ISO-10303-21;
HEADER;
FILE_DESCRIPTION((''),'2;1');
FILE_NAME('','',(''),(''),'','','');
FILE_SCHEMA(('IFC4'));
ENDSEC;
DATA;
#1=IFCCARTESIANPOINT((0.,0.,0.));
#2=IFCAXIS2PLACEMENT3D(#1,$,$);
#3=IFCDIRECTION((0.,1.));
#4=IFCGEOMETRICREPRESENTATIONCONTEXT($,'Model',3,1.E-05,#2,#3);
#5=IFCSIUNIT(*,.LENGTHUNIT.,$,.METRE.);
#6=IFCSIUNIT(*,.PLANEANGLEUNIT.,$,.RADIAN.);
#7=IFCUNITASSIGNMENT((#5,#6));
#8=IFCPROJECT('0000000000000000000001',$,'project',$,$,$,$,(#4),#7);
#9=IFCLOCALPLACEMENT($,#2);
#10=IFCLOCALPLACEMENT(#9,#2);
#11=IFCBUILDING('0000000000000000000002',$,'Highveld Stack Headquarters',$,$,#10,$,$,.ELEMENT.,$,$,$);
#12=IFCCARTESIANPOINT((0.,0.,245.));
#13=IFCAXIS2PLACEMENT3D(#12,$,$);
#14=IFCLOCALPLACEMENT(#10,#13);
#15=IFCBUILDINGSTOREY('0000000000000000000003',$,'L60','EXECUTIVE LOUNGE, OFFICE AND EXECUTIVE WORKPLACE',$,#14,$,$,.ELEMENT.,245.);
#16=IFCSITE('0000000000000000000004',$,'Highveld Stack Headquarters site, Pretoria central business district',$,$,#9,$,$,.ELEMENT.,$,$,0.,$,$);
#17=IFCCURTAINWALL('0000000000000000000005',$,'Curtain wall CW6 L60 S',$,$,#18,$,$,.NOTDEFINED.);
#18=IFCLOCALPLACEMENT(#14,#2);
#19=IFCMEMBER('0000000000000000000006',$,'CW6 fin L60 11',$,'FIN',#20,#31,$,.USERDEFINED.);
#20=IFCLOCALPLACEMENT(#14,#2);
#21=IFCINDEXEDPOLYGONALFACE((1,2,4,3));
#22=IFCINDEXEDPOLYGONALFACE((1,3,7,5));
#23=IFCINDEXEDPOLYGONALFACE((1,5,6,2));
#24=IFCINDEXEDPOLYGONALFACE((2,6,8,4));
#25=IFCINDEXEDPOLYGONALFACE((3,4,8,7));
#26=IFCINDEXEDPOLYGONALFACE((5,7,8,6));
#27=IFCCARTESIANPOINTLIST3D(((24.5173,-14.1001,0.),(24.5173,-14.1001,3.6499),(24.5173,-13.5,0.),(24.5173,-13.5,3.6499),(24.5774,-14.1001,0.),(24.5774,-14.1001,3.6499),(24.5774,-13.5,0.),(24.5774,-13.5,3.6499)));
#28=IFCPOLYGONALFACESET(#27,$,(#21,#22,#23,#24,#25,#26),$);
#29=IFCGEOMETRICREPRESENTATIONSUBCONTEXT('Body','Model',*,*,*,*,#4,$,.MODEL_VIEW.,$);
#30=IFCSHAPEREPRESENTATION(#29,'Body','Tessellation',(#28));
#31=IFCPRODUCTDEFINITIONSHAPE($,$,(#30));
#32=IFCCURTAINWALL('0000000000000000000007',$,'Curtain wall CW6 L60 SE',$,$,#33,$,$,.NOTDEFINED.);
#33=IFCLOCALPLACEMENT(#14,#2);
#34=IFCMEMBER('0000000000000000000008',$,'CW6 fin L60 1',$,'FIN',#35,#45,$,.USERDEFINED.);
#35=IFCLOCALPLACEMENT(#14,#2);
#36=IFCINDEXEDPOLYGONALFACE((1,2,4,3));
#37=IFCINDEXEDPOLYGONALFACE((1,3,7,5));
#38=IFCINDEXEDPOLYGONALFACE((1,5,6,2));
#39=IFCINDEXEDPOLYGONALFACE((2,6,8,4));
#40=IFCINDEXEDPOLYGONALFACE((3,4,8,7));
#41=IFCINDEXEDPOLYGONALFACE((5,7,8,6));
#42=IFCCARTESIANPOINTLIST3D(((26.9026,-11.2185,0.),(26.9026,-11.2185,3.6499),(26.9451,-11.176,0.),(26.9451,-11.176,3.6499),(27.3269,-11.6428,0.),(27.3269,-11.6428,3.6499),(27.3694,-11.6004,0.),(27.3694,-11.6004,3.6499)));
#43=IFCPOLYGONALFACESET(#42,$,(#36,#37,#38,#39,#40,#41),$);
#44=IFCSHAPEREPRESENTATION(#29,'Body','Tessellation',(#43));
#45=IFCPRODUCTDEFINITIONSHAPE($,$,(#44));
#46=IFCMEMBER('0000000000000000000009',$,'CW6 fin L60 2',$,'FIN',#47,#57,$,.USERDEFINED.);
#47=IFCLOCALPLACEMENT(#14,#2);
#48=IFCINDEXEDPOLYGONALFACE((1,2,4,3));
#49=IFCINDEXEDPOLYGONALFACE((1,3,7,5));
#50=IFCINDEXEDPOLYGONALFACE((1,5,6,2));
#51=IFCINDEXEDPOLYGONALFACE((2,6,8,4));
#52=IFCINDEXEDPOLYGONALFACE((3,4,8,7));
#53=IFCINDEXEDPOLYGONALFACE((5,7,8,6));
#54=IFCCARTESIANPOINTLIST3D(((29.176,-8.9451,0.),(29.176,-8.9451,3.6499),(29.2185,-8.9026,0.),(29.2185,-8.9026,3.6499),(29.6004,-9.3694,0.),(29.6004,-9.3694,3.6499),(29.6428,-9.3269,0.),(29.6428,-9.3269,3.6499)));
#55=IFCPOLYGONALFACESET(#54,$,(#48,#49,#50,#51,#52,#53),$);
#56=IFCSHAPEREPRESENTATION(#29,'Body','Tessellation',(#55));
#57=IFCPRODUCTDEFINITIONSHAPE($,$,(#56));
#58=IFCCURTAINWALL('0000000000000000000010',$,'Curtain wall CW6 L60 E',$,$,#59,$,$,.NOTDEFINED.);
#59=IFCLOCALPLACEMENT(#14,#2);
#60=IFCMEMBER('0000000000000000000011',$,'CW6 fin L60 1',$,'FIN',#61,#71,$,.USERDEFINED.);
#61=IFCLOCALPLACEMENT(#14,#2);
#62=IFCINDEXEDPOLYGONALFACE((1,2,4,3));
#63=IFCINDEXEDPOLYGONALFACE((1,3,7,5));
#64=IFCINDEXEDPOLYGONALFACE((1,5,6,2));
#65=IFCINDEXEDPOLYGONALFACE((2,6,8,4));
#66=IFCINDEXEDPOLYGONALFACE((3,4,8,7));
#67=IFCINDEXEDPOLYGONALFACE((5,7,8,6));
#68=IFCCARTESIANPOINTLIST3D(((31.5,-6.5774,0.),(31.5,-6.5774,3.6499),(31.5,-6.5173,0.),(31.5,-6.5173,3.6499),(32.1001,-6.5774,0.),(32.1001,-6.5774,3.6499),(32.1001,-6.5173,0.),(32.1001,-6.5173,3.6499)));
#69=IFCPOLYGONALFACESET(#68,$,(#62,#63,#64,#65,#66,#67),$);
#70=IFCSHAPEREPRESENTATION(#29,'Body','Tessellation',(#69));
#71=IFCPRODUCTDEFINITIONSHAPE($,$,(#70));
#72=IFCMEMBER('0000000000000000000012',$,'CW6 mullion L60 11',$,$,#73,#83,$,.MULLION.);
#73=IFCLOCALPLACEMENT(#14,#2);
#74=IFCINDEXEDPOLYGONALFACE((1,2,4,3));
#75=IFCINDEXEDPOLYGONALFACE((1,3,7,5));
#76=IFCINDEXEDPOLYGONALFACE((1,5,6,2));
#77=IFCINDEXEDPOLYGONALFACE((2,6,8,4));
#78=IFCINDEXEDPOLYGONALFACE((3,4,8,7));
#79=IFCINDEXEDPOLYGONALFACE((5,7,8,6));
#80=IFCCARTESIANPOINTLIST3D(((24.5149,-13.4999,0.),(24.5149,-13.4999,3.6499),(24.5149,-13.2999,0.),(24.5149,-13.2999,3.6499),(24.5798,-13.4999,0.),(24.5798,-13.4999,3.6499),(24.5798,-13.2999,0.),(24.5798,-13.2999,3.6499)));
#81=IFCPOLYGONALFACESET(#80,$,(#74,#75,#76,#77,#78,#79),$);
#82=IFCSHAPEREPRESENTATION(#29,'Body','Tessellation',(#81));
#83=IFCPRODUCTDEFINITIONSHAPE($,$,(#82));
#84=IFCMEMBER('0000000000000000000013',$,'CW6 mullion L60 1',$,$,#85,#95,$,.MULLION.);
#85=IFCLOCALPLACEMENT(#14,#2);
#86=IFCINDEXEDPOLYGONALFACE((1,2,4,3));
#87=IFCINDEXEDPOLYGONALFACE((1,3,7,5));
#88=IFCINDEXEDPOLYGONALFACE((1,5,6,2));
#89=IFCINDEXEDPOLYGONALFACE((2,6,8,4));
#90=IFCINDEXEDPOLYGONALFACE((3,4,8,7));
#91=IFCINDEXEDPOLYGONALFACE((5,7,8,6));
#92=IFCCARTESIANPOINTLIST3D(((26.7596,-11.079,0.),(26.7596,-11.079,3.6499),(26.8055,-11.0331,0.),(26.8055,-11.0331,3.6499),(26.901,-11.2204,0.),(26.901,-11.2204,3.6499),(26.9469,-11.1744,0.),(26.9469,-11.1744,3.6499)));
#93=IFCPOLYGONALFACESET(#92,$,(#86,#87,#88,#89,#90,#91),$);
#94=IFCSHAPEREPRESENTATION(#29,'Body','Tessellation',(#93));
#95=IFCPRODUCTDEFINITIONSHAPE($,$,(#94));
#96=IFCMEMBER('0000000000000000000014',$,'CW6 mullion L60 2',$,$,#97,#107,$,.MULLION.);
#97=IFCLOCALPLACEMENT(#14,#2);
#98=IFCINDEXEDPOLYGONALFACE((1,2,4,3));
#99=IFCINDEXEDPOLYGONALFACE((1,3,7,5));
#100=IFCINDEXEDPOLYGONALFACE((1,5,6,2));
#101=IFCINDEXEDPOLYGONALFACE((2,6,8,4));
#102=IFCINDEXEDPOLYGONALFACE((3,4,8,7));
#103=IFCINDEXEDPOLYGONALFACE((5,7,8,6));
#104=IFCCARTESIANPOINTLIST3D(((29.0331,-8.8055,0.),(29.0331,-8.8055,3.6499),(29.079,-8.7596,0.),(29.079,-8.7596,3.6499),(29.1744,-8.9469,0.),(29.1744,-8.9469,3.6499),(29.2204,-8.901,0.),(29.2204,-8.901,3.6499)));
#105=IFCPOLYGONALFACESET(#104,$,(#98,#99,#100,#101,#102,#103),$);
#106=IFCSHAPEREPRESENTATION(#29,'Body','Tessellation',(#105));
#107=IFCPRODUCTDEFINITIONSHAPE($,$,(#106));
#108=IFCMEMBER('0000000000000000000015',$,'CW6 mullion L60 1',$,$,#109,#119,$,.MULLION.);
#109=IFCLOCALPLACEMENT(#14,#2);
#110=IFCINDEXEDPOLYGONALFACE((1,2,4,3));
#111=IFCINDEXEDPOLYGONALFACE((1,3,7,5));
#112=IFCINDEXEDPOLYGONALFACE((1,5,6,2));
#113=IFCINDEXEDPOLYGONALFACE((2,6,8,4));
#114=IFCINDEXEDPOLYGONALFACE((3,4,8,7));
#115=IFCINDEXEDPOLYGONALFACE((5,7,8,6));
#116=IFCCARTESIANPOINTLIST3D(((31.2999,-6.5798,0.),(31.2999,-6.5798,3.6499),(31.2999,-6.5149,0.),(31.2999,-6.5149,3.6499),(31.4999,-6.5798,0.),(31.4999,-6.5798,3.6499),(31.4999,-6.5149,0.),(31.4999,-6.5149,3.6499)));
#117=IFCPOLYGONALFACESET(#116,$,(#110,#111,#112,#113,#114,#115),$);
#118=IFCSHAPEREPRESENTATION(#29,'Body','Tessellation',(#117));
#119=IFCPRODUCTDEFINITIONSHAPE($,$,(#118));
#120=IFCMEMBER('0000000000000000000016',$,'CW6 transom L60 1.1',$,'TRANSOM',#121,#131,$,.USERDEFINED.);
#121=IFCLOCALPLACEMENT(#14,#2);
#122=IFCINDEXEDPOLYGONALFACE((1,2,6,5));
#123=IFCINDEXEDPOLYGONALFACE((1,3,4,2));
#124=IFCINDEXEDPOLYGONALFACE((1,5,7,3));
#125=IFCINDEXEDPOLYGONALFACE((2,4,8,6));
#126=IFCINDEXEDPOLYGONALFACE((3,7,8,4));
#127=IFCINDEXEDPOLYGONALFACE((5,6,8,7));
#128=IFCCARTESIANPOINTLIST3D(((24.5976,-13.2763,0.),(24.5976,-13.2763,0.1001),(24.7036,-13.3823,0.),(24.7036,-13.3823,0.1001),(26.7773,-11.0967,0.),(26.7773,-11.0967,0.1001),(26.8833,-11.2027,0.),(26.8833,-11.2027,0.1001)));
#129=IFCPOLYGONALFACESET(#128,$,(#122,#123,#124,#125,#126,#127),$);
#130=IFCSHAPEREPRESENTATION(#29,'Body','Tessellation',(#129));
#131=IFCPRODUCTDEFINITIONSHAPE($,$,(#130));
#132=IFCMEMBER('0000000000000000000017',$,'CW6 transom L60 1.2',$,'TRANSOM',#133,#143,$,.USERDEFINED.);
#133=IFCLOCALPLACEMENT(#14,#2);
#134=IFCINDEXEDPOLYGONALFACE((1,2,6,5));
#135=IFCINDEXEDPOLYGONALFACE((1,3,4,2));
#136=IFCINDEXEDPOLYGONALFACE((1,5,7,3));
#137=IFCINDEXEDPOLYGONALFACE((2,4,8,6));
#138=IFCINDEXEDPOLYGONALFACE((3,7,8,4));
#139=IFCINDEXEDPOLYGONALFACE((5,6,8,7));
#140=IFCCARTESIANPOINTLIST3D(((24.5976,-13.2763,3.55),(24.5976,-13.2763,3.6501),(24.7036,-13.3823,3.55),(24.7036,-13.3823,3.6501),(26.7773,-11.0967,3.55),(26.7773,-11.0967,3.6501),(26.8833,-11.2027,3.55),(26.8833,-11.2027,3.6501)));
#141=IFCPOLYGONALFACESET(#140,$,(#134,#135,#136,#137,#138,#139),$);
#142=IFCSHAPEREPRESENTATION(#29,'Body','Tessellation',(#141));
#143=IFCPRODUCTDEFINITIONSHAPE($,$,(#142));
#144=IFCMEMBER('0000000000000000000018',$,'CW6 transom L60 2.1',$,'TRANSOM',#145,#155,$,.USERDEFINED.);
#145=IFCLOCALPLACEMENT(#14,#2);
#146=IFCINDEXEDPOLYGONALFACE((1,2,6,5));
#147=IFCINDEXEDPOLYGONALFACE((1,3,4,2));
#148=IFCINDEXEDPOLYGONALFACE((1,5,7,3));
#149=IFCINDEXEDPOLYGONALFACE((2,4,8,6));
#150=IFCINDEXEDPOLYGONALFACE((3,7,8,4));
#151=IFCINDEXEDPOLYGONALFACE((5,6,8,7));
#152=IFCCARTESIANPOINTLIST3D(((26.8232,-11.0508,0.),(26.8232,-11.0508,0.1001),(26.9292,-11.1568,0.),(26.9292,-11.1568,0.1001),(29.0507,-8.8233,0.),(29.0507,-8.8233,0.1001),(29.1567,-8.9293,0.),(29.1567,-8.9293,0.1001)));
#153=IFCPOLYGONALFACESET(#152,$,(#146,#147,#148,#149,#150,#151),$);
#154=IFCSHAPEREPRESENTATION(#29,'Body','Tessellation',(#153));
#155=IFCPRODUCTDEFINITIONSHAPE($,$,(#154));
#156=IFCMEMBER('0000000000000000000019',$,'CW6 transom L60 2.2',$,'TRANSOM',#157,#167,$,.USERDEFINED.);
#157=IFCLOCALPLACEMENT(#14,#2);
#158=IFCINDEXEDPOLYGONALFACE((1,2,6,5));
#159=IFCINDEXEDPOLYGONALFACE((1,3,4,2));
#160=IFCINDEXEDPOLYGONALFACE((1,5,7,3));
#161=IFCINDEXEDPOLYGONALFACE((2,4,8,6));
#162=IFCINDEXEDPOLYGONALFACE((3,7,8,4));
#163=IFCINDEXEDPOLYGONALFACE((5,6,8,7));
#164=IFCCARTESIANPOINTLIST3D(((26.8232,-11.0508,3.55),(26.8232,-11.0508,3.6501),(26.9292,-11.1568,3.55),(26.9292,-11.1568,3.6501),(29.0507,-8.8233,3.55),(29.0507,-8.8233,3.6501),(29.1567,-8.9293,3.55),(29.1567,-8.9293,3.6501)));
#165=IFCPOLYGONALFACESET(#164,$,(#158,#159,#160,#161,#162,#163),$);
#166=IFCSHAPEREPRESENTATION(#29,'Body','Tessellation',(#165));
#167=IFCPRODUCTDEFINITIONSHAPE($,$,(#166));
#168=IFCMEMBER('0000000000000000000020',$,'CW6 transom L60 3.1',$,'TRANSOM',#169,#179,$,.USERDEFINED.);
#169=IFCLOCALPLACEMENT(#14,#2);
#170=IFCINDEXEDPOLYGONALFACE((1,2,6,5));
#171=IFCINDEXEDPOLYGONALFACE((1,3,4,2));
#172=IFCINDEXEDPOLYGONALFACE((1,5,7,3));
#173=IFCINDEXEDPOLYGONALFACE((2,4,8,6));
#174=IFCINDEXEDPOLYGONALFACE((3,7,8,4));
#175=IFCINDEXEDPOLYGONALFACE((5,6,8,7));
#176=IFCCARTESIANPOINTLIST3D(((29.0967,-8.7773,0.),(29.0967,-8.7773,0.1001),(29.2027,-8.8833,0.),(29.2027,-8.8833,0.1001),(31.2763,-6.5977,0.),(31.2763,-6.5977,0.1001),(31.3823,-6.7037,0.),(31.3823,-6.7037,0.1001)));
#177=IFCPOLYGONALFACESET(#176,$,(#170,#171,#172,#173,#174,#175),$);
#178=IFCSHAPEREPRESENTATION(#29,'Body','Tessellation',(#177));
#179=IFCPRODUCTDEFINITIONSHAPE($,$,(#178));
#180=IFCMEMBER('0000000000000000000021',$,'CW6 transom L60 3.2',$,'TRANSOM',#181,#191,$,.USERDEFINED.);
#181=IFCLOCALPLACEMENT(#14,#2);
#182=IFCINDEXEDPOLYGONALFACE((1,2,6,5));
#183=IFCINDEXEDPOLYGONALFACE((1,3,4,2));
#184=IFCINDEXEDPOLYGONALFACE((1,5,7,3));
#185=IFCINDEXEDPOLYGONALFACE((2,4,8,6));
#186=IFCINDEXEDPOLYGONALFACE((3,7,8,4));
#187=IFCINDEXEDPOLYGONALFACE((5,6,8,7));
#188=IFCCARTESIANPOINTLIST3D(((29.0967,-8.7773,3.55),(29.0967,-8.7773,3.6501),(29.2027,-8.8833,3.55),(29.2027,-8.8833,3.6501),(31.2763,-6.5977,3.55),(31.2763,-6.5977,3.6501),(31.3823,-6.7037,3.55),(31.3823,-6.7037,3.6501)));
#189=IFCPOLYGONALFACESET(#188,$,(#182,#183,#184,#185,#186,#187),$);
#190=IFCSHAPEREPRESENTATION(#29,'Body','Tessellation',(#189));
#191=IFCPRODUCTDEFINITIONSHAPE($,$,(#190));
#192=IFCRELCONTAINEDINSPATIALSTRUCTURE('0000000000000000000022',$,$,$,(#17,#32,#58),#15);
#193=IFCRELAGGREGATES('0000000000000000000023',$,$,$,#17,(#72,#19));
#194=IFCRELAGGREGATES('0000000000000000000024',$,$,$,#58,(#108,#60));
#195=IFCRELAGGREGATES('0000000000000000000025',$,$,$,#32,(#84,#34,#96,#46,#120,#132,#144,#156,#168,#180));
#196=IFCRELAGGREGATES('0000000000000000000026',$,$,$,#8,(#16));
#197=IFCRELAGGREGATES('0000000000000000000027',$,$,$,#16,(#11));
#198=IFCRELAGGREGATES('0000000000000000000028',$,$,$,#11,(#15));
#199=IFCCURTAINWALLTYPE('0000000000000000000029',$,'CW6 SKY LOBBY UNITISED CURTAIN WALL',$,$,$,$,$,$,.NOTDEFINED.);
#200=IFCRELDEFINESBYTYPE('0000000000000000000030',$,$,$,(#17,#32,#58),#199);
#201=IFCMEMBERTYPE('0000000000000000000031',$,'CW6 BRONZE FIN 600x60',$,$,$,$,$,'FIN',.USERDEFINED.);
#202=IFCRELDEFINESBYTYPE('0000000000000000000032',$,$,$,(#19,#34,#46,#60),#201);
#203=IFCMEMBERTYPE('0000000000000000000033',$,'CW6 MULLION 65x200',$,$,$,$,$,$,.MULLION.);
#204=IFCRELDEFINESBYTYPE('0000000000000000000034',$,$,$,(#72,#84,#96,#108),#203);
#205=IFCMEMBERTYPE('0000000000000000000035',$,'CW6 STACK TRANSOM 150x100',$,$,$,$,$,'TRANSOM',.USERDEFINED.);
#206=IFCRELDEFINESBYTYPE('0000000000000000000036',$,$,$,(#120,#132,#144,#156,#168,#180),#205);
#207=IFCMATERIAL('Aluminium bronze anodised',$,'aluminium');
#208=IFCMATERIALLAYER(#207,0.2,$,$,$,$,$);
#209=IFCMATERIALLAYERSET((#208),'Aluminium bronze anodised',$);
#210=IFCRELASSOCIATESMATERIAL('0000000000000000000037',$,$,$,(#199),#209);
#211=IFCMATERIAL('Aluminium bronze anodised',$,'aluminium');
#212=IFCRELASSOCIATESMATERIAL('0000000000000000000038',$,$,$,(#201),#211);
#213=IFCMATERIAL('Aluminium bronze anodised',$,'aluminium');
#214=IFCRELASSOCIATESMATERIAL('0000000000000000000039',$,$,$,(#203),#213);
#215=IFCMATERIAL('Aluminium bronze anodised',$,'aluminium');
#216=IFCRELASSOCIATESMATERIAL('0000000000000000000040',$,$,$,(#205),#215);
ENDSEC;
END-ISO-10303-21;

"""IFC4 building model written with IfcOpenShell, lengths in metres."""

from ifc_helpers import new_model, si_unit, direction, frame, origin, origin_2d, place, context, subcontext, project, spatial, rectangle, extrude, material, layer, layer_set, material_profile, profile_set, type_object, element, aggregate, save


model = new_model("IFC4")

# Units and contexts
model_context = context("Model", 3, precision=1e-05, world=origin(), true_north=direction((0.0, 1.0)))
body_context = subcontext(model_context, "Body", "Model", "MODEL_VIEW")
ifc_project = project(units=[si_unit("LENGTHUNIT", "METRE"), si_unit("PLANEANGLEUNIT", "RADIAN")], contexts=[model_context])

# Site, building, storey
site_placement = place(None, origin())
site = spatial("IfcSite", under=ifc_project, at=site_placement, Name="Highveld Stack Headquarters site, Pretoria central business district", CompositionType="ELEMENT", RefElevation=0.0)
building_placement = place(site_placement, origin())
building = spatial("IfcBuilding", under=site, at=building_placement, Name="Highveld Stack Headquarters", CompositionType="ELEMENT")
storey_placement = place(building_placement, frame((0.0, 0.0, 245.0)))
storey = spatial("IfcBuildingStorey", under=building, at=storey_placement, Name="L60", Description="EXECUTIVE LOUNGE, OFFICE AND EXECUTIVE WORKPLACE", CompositionType="ELEMENT", Elevation=245.0)

# Curtain wall, member
ifc_material_1 = material(Name="Aluminium bronze anodised", Category="aluminium")
ifc_layer_1 = layer(ifc_material_1, 0.2)
ifc_layer_set_1 = layer_set([ifc_layer_1], Name="Aluminium bronze anodised")
curtain_wall_type = type_object("IfcCurtainWallType", Name="CW6 SKY LOBBY UNITISED CURTAIN WALL", PredefinedType="NOTDEFINED", material=ifc_layer_set_1)
curtain_wall_1_placement = place(storey_placement, origin())
curtain_wall_1 = element("IfcCurtainWall", 1, at=curtain_wall_1_placement, inside=storey, type_object=curtain_wall_type, Name="Curtain wall CW6 L60 S", PredefinedType="NOTDEFINED")
ifc_material_2 = material(Name="Aluminium bronze anodised", Category="aluminium")
ifc_material_profile_1 = material_profile(ifc_material_2, rectangle(XDim=0.6001, YDim=0.0601, at=origin_2d()), Name="FIN 600x60")
ifc_profile_set_1 = profile_set([ifc_material_profile_1], Name="Aluminium bronze anodised")
member_type_1 = type_object("IfcMemberType", Name="CW6 BRONZE FIN 600x60", ElementType="FIN", PredefinedType="USERDEFINED", material=ifc_profile_set_1)
member_1_placement = place(storey_placement, frame((24.5474, -13.8, 0.0), z_axis=(0.0, 0.0, 1.0), x_axis=(0.0, 1.0, 0.0)))
member_1 = element("IfcMember", 2, at=member_1_placement, type_object=member_type_1, Name="CW6 fin L60 11", ObjectType="FIN", PredefinedType="USERDEFINED", context=body_context, shape_type="SweptSolid", body=[
    extrude(rectangle(XDim=0.6001, YDim=0.0601, at=origin_2d()), origin(), (0.0, 0.0, 1.0), 3.6499),
])

# Curtain wall, members
curtain_wall_2_placement = place(storey_placement, origin())
curtain_wall_2 = element("IfcCurtainWall", 3, at=curtain_wall_2_placement, inside=storey, type_object=curtain_wall_type, Name="Curtain wall CW6 L60 SE", PredefinedType="NOTDEFINED")
member_2_placement = place(storey_placement, frame((27.136, -11.4094, 0.0), z_axis=(0.0, 0.0, 1.0), x_axis=(-0.707107, 0.707107, 0.0)))
member_2 = element("IfcMember", 4, at=member_2_placement, type_object=member_type_1, Name="CW6 fin L60 1", ObjectType="FIN", PredefinedType="USERDEFINED", context=body_context, shape_type="SweptSolid", body=[
    extrude(rectangle(XDim=0.6001, YDim=0.0601, at=origin_2d()), origin(), (0.0, 0.0, 1.0), 3.6499),
])
member_3_placement = place(storey_placement, frame((29.4094, -9.136, 0.0), z_axis=(0.0, 0.0, 1.0), x_axis=(-0.707107, 0.707107, 0.0)))
member_3 = element("IfcMember", 5, at=member_3_placement, type_object=member_type_1, Name="CW6 fin L60 2", ObjectType="FIN", PredefinedType="USERDEFINED", context=body_context, shape_type="SweptSolid", body=[
    extrude(rectangle(XDim=0.6001, YDim=0.0601, at=origin_2d()), origin(), (0.0, 0.0, 1.0), 3.6499),
])

# Curtain wall, member
curtain_wall_3_placement = place(storey_placement, origin())
curtain_wall_3 = element("IfcCurtainWall", 6, at=curtain_wall_3_placement, inside=storey, type_object=curtain_wall_type, Name="Curtain wall CW6 L60 E", PredefinedType="NOTDEFINED")
member_4_placement = place(storey_placement, frame((31.8, -6.5474, 0.0), z_axis=(0.0, 0.0, 1.0), x_axis=(-1.0, 0.0, 0.0)))
member_4 = element("IfcMember", 7, at=member_4_placement, type_object=member_type_1, Name="CW6 fin L60 1", ObjectType="FIN", PredefinedType="USERDEFINED", context=body_context, shape_type="SweptSolid", body=[
    extrude(rectangle(XDim=0.6001, YDim=0.0601, at=origin_2d()), origin(), (0.0, 0.0, 1.0), 3.6499),
])

# Members
ifc_material_3 = material(Name="Aluminium bronze anodised", Category="aluminium")
ifc_material_profile_2 = material_profile(ifc_material_3, rectangle(XDim=0.2, YDim=0.0649, at=origin_2d()), Name="CW6 MULLION 65x200")
ifc_profile_set_2 = profile_set([ifc_material_profile_2], Name="Aluminium bronze anodised")
member_type_2 = type_object("IfcMemberType", Name="CW6 MULLION 65x200", PredefinedType="MULLION", material=ifc_profile_set_2)
member_5_placement = place(storey_placement, frame((24.5474, -13.3999, 0.0), z_axis=(0.0, 0.0, 1.0), x_axis=(0.0, 1.0, 0.0)))
member_5 = element("IfcMember", 8, at=member_5_placement, type_object=member_type_2, Name="CW6 mullion L60 11", PredefinedType="MULLION", context=body_context, shape_type="SweptSolid", body=[
    extrude(rectangle(XDim=0.2, YDim=0.0649, at=origin_2d()), origin(), (0.0, 0.0, 1.0), 3.6499),
])
aggregate(curtain_wall_1, [member_5, member_1])
member_6_placement = place(storey_placement, frame((26.8533, -11.1267, 0.0), z_axis=(0.0, 0.0, 1.0), x_axis=(-0.707107, 0.707107, 0.0)))
member_6 = element("IfcMember", 9, at=member_6_placement, type_object=member_type_2, Name="CW6 mullion L60 1", PredefinedType="MULLION", context=body_context, shape_type="SweptSolid", body=[
    extrude(rectangle(XDim=0.2, YDim=0.0649, at=origin_2d()), origin(), (0.0, 0.0, 1.0), 3.6499),
])
member_7_placement = place(storey_placement, frame((29.1267, -8.8533, 0.0), z_axis=(0.0, 0.0, 1.0), x_axis=(-0.707107, 0.707107, 0.0)))
member_7 = element("IfcMember", 10, at=member_7_placement, type_object=member_type_2, Name="CW6 mullion L60 2", PredefinedType="MULLION", context=body_context, shape_type="SweptSolid", body=[
    extrude(rectangle(XDim=0.2, YDim=0.0649, at=origin_2d()), origin(), (0.0, 0.0, 1.0), 3.6499),
])
member_8_placement = place(storey_placement, frame((31.3999, -6.5474, 0.0), z_axis=(0.0, 0.0, 1.0), x_axis=(-1.0, 0.0, 0.0)))
member_8 = element("IfcMember", 11, at=member_8_placement, type_object=member_type_2, Name="CW6 mullion L60 1", PredefinedType="MULLION", context=body_context, shape_type="SweptSolid", body=[
    extrude(rectangle(XDim=0.2, YDim=0.0649, at=origin_2d()), origin(), (0.0, 0.0, 1.0), 3.6499),
])
ifc_material_4 = material(Name="Aluminium bronze anodised", Category="aluminium")
ifc_material_profile_3 = material_profile(ifc_material_4, rectangle(XDim=0.1499, YDim=0.1001, at=origin_2d()), Name="CW6 TRANSOM 150x100")
ifc_profile_set_3 = profile_set([ifc_material_profile_3], Name="Aluminium bronze anodised")
member_type_3 = type_object("IfcMemberType", Name="CW6 STACK TRANSOM 150x100", ElementType="TRANSOM", PredefinedType="USERDEFINED", material=ifc_profile_set_3)
member_9_placement = place(storey_placement, frame((24.6506, -13.3293, 0.05), z_axis=(0.707107, 0.707107, 0.0), x_axis=(-0.707107, 0.707107, 0.0)))
member_9 = element("IfcMember", 12, at=member_9_placement, type_object=member_type_3, Name="CW6 transom L60 1.1", ObjectType="TRANSOM", PredefinedType="USERDEFINED", context=body_context, shape_type="SweptSolid", body=[
    extrude(rectangle(XDim=0.1499, YDim=0.1001, at=origin_2d()), origin(), (0.0, 0.0, 1.0), 3.0825),
])
member_10_placement = place(storey_placement, frame((24.6506, -13.3293, 3.6001), z_axis=(0.707107, 0.707107, 0.0), x_axis=(-0.707107, 0.707107, 0.0)))
member_10 = element("IfcMember", 13, at=member_10_placement, type_object=member_type_3, Name="CW6 transom L60 1.2", ObjectType="TRANSOM", PredefinedType="USERDEFINED", context=body_context, shape_type="SweptSolid", body=[
    extrude(rectangle(XDim=0.1499, YDim=0.1001, at=origin_2d()), origin(), (0.0, 0.0, 1.0), 3.0825),
])
member_11_placement = place(storey_placement, frame((26.8762, -11.1038, 0.05), z_axis=(0.707107, 0.707107, 0.0), x_axis=(-0.707107, 0.707107, 0.0)))
member_11 = element("IfcMember", 14, at=member_11_placement, type_object=member_type_3, Name="CW6 transom L60 2.1", ObjectType="TRANSOM", PredefinedType="USERDEFINED", context=body_context, shape_type="SweptSolid", body=[
    extrude(rectangle(XDim=0.1499, YDim=0.1001, at=origin_2d()), origin(), (0.0, 0.0, 1.0), 3.1501),
])
member_12_placement = place(storey_placement, frame((26.8762, -11.1038, 3.6001), z_axis=(0.707107, 0.707107, 0.0), x_axis=(-0.707107, 0.707107, 0.0)))
member_12 = element("IfcMember", 15, at=member_12_placement, type_object=member_type_3, Name="CW6 transom L60 2.2", ObjectType="TRANSOM", PredefinedType="USERDEFINED", context=body_context, shape_type="SweptSolid", body=[
    extrude(rectangle(XDim=0.1499, YDim=0.1001, at=origin_2d()), origin(), (0.0, 0.0, 1.0), 3.1501),
])
member_13_placement = place(storey_placement, frame((29.1497, -8.8303, 0.05), z_axis=(0.707107, 0.707107, 0.0), x_axis=(-0.707107, 0.707107, 0.0)))
member_13 = element("IfcMember", 16, at=member_13_placement, type_object=member_type_3, Name="CW6 transom L60 3.1", ObjectType="TRANSOM", PredefinedType="USERDEFINED", context=body_context, shape_type="SweptSolid", body=[
    extrude(rectangle(XDim=0.1499, YDim=0.1001, at=origin_2d()), origin(), (0.0, 0.0, 1.0), 3.0825),
])
member_14_placement = place(storey_placement, frame((29.1497, -8.8303, 3.6001), z_axis=(0.707107, 0.707107, 0.0), x_axis=(-0.707107, 0.707107, 0.0)))
member_14 = element("IfcMember", 17, at=member_14_placement, type_object=member_type_3, Name="CW6 transom L60 3.2", ObjectType="TRANSOM", PredefinedType="USERDEFINED", context=body_context, shape_type="SweptSolid", body=[
    extrude(rectangle(XDim=0.1499, YDim=0.1001, at=origin_2d()), origin(), (0.0, 0.0, 1.0), 3.0825),
])
aggregate(curtain_wall_3, [member_8, member_4])

aggregate(curtain_wall_2, [member_6, member_2, member_7, member_3, member_9, member_10, member_11, member_12, member_13, member_14])

save(model, "model.ifc")
